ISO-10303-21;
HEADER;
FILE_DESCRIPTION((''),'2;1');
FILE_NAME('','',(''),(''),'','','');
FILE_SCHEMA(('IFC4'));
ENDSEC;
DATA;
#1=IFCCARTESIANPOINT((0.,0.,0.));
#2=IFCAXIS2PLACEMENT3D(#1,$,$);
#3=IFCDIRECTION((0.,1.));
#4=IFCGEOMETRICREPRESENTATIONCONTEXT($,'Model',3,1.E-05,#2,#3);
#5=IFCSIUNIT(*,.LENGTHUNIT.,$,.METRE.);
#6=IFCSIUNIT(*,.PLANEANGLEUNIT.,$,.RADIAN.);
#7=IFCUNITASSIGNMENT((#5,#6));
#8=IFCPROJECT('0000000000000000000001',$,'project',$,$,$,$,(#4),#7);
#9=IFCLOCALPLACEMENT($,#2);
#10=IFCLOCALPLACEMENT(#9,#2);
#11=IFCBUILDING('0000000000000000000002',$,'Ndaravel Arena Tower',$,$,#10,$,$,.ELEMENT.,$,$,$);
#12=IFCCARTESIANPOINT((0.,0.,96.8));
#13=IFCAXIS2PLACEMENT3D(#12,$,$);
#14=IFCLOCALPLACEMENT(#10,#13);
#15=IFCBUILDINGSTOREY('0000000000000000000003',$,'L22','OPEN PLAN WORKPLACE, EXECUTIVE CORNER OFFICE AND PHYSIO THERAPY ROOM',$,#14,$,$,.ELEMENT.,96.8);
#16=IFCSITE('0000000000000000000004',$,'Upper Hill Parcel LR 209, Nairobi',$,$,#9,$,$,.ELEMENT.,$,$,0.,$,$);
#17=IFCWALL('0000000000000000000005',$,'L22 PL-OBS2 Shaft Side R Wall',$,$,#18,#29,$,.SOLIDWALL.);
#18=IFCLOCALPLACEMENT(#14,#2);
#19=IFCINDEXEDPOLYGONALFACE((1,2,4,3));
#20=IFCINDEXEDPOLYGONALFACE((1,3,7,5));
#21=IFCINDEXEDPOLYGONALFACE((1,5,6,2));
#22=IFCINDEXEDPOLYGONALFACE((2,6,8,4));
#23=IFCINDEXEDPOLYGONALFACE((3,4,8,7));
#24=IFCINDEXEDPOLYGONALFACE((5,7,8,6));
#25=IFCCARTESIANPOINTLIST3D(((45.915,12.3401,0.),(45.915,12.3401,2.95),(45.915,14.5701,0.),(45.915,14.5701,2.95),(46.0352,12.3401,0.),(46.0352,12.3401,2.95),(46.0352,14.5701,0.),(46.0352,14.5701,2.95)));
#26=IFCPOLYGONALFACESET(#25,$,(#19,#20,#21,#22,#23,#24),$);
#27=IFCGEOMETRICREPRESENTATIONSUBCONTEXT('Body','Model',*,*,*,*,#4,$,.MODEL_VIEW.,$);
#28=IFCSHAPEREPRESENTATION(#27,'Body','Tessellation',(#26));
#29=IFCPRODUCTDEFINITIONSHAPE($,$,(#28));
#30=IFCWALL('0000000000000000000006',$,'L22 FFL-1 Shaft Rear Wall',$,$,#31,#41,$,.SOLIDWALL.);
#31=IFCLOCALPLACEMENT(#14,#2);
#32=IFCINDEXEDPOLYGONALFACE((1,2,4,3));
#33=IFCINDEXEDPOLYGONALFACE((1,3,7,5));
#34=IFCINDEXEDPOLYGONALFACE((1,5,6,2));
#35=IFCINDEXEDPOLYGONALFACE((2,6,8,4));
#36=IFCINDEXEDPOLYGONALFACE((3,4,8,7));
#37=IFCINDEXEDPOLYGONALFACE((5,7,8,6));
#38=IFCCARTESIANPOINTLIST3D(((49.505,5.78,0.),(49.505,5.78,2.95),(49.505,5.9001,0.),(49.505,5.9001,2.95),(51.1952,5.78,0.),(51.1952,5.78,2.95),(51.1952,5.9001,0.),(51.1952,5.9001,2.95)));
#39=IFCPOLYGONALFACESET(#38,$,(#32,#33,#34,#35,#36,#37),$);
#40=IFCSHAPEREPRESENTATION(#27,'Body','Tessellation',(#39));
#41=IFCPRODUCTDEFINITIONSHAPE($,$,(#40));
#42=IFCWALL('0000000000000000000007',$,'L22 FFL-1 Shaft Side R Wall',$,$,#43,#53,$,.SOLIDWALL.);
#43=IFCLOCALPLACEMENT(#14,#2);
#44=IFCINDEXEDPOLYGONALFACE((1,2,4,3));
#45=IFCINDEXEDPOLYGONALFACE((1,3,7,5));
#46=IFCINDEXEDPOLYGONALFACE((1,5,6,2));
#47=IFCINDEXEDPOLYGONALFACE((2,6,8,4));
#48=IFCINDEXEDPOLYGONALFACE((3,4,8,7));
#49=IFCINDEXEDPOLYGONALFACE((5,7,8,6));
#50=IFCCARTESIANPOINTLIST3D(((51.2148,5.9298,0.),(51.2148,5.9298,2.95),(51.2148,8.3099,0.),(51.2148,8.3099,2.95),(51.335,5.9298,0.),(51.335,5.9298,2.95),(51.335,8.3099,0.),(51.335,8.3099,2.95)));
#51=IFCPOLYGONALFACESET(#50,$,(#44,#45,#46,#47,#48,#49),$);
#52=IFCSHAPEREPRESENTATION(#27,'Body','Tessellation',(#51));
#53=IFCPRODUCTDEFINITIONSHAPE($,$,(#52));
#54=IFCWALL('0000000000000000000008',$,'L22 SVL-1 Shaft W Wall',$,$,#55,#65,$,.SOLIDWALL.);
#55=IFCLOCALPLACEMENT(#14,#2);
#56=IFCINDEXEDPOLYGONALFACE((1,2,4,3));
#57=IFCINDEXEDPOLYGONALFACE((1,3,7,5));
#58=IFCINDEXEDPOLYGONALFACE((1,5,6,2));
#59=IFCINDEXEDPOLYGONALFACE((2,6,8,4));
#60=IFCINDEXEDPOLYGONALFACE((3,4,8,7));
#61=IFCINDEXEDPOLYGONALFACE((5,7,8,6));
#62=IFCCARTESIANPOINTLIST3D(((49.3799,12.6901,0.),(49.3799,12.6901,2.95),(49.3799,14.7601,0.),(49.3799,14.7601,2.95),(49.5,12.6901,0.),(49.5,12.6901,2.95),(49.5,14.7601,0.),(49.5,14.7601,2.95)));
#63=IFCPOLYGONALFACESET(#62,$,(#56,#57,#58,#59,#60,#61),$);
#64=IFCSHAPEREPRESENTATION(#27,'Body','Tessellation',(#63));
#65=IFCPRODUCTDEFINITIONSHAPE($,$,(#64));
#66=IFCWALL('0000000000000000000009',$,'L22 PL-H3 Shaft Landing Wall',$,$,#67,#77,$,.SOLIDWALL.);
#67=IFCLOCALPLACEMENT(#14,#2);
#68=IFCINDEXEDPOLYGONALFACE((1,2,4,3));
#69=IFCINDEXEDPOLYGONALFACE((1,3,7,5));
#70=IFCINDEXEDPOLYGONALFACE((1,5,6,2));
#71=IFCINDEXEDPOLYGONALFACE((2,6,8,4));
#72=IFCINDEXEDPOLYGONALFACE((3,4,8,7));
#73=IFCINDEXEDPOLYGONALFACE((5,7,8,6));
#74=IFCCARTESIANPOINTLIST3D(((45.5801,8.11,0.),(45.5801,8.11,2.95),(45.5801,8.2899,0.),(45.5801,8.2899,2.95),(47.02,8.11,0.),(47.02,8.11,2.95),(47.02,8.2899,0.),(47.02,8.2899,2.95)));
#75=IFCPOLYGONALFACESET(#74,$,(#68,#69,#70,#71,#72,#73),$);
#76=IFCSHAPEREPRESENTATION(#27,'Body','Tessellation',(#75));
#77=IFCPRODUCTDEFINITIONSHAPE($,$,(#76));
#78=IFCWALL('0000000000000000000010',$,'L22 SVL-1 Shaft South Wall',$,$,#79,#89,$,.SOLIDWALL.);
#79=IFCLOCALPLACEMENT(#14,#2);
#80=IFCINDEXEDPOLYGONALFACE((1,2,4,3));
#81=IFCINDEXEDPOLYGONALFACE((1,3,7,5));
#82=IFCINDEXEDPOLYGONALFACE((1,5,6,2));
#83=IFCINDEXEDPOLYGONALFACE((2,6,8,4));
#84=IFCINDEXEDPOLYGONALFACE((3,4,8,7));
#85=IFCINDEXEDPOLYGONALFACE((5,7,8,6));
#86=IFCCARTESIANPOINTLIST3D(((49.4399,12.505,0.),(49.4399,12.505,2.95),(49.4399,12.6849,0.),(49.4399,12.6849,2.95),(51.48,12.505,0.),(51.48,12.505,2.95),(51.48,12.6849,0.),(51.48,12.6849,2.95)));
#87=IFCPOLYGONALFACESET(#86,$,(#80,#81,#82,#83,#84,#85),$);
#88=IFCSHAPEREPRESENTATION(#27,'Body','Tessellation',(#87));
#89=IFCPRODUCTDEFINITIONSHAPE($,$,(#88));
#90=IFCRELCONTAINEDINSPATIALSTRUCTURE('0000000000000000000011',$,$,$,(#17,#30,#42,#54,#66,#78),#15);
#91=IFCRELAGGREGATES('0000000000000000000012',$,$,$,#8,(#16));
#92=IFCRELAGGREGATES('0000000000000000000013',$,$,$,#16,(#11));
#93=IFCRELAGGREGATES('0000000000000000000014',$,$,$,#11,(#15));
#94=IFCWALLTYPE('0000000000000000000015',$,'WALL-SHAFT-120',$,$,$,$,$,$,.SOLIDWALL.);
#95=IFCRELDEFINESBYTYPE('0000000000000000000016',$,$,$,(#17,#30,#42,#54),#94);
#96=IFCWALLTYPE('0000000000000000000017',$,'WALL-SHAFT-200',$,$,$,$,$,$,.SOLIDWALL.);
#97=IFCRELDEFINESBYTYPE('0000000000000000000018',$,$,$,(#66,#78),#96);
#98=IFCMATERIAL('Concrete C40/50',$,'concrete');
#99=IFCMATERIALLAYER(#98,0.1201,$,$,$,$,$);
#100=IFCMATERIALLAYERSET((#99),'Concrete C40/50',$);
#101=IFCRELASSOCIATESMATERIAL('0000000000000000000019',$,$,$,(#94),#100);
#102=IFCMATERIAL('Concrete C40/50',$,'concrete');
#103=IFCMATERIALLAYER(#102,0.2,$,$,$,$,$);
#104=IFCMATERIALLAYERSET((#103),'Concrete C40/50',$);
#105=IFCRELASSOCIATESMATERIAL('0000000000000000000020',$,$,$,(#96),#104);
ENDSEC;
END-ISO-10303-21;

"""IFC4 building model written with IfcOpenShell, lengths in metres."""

from ifc_helpers import new_model, si_unit, direction, frame, frame_2d, origin, place, context, subcontext, project, spatial, rectangle, extrude, material, layer, layer_set, type_object, element, save


model = new_model("IFC4")

# Units and contexts
model_context = context("Model", 3, precision=1e-05, world=origin(), true_north=direction((0.0, 1.0)))
body_context = subcontext(model_context, "Body", "Model", "MODEL_VIEW")
ifc_project = project(units=[si_unit("LENGTHUNIT", "METRE"), si_unit("PLANEANGLEUNIT", "RADIAN")], contexts=[model_context])

# Site, building, storey
site_placement = place(None, origin())
site = spatial("IfcSite", under=ifc_project, at=site_placement, Name="Upper Hill Parcel LR 209, Nairobi", CompositionType="ELEMENT", RefElevation=0.0)
building_placement = place(site_placement, origin())
building = spatial("IfcBuilding", under=site, at=building_placement, Name="Ndaravel Arena Tower", CompositionType="ELEMENT")
storey_placement = place(building_placement, frame((0.0, 0.0, 96.8)))
storey = spatial("IfcBuildingStorey", under=building, at=storey_placement, Name="L22", Description="OPEN PLAN WORKPLACE, EXECUTIVE CORNER OFFICE AND PHYSIO THERAPY ROOM", CompositionType="ELEMENT", Elevation=96.8)

# Walls
ifc_material_1 = material(Name="Concrete C40/50", Category="concrete")
ifc_layer_1 = layer(ifc_material_1, 0.1201)
ifc_layer_set_1 = layer_set([ifc_layer_1], Name="Concrete C40/50")
wall_type_1 = type_object("IfcWallType", Name="WALL-SHAFT-120", PredefinedType="SOLIDWALL", material=ifc_layer_set_1)
wall_1_placement = place(storey_placement, frame((45.9751, 12.3401, 0.0), z_axis=(0.0, 0.0, 1.0), x_axis=(0.0, 1.0, 0.0)))
element("IfcWall", 1, at=wall_1_placement, inside=storey, type_object=wall_type_1, Name="L22 PL-OBS2 Shaft Side R Wall", PredefinedType="SOLIDWALL", context=body_context, shape_type="SweptSolid", body=[
    extrude(rectangle(XDim=2.23, YDim=0.1201, at=frame_2d((1.115, 0.0))), origin(), (0.0, 0.0, 1.0), 2.95),
])
wall_2_placement = place(storey_placement, frame((49.5049, 5.8401, 0.0), z_axis=(0.0, 0.0, 1.0), x_axis=(1.0, 0.0, 0.0)))
element("IfcWall", 2, at=wall_2_placement, inside=storey, type_object=wall_type_1, Name="L22 FFL-1 Shaft Rear Wall", PredefinedType="SOLIDWALL", context=body_context, shape_type="SweptSolid", body=[
    extrude(rectangle(XDim=1.6902, YDim=0.1201, at=frame_2d((0.8452, 0.0))), origin(), (0.0, 0.0, 1.0), 2.95),
])
wall_3_placement = place(storey_placement, frame((51.2749, 5.9299, 0.0), z_axis=(0.0, 0.0, 1.0), x_axis=(0.0, 1.0, 0.0)))
element("IfcWall", 3, at=wall_3_placement, inside=storey, type_object=wall_type_1, Name="L22 FFL-1 Shaft Side R Wall", PredefinedType="SOLIDWALL", context=body_context, shape_type="SweptSolid", body=[
    extrude(rectangle(XDim=2.3801, YDim=0.1201, at=frame_2d((1.1899, 0.0))), origin(), (0.0, 0.0, 1.0), 2.95),
])
wall_4_placement = place(storey_placement, frame((49.4399, 12.6899, 0.0), z_axis=(0.0, 0.0, 1.0), x_axis=(0.0, 1.0, 0.0)))
element("IfcWall", 4, at=wall_4_placement, inside=storey, type_object=wall_type_1, Name="L22 SVL-1 Shaft W Wall", PredefinedType="SOLIDWALL", context=body_context, shape_type="SweptSolid", body=[
    extrude(rectangle(XDim=2.0701, YDim=0.1201, at=frame_2d((1.0352, 0.0))), origin(), (0.0, 0.0, 1.0), 2.95),
])
ifc_material_2 = material(Name="Concrete C40/50", Category="concrete")
ifc_layer_2 = layer(ifc_material_2, 0.2)
ifc_layer_set_2 = layer_set([ifc_layer_2], Name="Concrete C40/50")
wall_type_2 = type_object("IfcWallType", Name="WALL-SHAFT-200", PredefinedType="SOLIDWALL", material=ifc_layer_set_2)
wall_5_placement = place(storey_placement, frame((45.5801, 8.2, 0.0), z_axis=(0.0, 0.0, 1.0), x_axis=(1.0, 0.0, 0.0)))
element("IfcWall", 5, at=wall_5_placement, inside=storey, type_object=wall_type_2, Name="L22 PL-H3 Shaft Landing Wall", PredefinedType="SOLIDWALL", context=body_context, shape_type="SweptSolid", body=[
    extrude(rectangle(XDim=1.4399, YDim=0.1799, at=frame_2d((0.72, 0.0))), origin(), (0.0, 0.0, 1.0), 2.95),
])

# Wall
wall_6_placement = place(storey_placement, frame((49.4399, 12.595, 0.0), z_axis=(0.0, 0.0, 1.0), x_axis=(1.0, 0.0, 0.0)))
element("IfcWall", 6, at=wall_6_placement, inside=storey, type_object=wall_type_2, Name="L22 SVL-1 Shaft South Wall", PredefinedType="SOLIDWALL", context=body_context, shape_type="SweptSolid", body=[
    extrude(rectangle(XDim=2.04, YDim=0.1799, at=frame_2d((1.02, 0.0))), origin(), (0.0, 0.0, 1.0), 2.95),
])

save(model, "model.ifc")
